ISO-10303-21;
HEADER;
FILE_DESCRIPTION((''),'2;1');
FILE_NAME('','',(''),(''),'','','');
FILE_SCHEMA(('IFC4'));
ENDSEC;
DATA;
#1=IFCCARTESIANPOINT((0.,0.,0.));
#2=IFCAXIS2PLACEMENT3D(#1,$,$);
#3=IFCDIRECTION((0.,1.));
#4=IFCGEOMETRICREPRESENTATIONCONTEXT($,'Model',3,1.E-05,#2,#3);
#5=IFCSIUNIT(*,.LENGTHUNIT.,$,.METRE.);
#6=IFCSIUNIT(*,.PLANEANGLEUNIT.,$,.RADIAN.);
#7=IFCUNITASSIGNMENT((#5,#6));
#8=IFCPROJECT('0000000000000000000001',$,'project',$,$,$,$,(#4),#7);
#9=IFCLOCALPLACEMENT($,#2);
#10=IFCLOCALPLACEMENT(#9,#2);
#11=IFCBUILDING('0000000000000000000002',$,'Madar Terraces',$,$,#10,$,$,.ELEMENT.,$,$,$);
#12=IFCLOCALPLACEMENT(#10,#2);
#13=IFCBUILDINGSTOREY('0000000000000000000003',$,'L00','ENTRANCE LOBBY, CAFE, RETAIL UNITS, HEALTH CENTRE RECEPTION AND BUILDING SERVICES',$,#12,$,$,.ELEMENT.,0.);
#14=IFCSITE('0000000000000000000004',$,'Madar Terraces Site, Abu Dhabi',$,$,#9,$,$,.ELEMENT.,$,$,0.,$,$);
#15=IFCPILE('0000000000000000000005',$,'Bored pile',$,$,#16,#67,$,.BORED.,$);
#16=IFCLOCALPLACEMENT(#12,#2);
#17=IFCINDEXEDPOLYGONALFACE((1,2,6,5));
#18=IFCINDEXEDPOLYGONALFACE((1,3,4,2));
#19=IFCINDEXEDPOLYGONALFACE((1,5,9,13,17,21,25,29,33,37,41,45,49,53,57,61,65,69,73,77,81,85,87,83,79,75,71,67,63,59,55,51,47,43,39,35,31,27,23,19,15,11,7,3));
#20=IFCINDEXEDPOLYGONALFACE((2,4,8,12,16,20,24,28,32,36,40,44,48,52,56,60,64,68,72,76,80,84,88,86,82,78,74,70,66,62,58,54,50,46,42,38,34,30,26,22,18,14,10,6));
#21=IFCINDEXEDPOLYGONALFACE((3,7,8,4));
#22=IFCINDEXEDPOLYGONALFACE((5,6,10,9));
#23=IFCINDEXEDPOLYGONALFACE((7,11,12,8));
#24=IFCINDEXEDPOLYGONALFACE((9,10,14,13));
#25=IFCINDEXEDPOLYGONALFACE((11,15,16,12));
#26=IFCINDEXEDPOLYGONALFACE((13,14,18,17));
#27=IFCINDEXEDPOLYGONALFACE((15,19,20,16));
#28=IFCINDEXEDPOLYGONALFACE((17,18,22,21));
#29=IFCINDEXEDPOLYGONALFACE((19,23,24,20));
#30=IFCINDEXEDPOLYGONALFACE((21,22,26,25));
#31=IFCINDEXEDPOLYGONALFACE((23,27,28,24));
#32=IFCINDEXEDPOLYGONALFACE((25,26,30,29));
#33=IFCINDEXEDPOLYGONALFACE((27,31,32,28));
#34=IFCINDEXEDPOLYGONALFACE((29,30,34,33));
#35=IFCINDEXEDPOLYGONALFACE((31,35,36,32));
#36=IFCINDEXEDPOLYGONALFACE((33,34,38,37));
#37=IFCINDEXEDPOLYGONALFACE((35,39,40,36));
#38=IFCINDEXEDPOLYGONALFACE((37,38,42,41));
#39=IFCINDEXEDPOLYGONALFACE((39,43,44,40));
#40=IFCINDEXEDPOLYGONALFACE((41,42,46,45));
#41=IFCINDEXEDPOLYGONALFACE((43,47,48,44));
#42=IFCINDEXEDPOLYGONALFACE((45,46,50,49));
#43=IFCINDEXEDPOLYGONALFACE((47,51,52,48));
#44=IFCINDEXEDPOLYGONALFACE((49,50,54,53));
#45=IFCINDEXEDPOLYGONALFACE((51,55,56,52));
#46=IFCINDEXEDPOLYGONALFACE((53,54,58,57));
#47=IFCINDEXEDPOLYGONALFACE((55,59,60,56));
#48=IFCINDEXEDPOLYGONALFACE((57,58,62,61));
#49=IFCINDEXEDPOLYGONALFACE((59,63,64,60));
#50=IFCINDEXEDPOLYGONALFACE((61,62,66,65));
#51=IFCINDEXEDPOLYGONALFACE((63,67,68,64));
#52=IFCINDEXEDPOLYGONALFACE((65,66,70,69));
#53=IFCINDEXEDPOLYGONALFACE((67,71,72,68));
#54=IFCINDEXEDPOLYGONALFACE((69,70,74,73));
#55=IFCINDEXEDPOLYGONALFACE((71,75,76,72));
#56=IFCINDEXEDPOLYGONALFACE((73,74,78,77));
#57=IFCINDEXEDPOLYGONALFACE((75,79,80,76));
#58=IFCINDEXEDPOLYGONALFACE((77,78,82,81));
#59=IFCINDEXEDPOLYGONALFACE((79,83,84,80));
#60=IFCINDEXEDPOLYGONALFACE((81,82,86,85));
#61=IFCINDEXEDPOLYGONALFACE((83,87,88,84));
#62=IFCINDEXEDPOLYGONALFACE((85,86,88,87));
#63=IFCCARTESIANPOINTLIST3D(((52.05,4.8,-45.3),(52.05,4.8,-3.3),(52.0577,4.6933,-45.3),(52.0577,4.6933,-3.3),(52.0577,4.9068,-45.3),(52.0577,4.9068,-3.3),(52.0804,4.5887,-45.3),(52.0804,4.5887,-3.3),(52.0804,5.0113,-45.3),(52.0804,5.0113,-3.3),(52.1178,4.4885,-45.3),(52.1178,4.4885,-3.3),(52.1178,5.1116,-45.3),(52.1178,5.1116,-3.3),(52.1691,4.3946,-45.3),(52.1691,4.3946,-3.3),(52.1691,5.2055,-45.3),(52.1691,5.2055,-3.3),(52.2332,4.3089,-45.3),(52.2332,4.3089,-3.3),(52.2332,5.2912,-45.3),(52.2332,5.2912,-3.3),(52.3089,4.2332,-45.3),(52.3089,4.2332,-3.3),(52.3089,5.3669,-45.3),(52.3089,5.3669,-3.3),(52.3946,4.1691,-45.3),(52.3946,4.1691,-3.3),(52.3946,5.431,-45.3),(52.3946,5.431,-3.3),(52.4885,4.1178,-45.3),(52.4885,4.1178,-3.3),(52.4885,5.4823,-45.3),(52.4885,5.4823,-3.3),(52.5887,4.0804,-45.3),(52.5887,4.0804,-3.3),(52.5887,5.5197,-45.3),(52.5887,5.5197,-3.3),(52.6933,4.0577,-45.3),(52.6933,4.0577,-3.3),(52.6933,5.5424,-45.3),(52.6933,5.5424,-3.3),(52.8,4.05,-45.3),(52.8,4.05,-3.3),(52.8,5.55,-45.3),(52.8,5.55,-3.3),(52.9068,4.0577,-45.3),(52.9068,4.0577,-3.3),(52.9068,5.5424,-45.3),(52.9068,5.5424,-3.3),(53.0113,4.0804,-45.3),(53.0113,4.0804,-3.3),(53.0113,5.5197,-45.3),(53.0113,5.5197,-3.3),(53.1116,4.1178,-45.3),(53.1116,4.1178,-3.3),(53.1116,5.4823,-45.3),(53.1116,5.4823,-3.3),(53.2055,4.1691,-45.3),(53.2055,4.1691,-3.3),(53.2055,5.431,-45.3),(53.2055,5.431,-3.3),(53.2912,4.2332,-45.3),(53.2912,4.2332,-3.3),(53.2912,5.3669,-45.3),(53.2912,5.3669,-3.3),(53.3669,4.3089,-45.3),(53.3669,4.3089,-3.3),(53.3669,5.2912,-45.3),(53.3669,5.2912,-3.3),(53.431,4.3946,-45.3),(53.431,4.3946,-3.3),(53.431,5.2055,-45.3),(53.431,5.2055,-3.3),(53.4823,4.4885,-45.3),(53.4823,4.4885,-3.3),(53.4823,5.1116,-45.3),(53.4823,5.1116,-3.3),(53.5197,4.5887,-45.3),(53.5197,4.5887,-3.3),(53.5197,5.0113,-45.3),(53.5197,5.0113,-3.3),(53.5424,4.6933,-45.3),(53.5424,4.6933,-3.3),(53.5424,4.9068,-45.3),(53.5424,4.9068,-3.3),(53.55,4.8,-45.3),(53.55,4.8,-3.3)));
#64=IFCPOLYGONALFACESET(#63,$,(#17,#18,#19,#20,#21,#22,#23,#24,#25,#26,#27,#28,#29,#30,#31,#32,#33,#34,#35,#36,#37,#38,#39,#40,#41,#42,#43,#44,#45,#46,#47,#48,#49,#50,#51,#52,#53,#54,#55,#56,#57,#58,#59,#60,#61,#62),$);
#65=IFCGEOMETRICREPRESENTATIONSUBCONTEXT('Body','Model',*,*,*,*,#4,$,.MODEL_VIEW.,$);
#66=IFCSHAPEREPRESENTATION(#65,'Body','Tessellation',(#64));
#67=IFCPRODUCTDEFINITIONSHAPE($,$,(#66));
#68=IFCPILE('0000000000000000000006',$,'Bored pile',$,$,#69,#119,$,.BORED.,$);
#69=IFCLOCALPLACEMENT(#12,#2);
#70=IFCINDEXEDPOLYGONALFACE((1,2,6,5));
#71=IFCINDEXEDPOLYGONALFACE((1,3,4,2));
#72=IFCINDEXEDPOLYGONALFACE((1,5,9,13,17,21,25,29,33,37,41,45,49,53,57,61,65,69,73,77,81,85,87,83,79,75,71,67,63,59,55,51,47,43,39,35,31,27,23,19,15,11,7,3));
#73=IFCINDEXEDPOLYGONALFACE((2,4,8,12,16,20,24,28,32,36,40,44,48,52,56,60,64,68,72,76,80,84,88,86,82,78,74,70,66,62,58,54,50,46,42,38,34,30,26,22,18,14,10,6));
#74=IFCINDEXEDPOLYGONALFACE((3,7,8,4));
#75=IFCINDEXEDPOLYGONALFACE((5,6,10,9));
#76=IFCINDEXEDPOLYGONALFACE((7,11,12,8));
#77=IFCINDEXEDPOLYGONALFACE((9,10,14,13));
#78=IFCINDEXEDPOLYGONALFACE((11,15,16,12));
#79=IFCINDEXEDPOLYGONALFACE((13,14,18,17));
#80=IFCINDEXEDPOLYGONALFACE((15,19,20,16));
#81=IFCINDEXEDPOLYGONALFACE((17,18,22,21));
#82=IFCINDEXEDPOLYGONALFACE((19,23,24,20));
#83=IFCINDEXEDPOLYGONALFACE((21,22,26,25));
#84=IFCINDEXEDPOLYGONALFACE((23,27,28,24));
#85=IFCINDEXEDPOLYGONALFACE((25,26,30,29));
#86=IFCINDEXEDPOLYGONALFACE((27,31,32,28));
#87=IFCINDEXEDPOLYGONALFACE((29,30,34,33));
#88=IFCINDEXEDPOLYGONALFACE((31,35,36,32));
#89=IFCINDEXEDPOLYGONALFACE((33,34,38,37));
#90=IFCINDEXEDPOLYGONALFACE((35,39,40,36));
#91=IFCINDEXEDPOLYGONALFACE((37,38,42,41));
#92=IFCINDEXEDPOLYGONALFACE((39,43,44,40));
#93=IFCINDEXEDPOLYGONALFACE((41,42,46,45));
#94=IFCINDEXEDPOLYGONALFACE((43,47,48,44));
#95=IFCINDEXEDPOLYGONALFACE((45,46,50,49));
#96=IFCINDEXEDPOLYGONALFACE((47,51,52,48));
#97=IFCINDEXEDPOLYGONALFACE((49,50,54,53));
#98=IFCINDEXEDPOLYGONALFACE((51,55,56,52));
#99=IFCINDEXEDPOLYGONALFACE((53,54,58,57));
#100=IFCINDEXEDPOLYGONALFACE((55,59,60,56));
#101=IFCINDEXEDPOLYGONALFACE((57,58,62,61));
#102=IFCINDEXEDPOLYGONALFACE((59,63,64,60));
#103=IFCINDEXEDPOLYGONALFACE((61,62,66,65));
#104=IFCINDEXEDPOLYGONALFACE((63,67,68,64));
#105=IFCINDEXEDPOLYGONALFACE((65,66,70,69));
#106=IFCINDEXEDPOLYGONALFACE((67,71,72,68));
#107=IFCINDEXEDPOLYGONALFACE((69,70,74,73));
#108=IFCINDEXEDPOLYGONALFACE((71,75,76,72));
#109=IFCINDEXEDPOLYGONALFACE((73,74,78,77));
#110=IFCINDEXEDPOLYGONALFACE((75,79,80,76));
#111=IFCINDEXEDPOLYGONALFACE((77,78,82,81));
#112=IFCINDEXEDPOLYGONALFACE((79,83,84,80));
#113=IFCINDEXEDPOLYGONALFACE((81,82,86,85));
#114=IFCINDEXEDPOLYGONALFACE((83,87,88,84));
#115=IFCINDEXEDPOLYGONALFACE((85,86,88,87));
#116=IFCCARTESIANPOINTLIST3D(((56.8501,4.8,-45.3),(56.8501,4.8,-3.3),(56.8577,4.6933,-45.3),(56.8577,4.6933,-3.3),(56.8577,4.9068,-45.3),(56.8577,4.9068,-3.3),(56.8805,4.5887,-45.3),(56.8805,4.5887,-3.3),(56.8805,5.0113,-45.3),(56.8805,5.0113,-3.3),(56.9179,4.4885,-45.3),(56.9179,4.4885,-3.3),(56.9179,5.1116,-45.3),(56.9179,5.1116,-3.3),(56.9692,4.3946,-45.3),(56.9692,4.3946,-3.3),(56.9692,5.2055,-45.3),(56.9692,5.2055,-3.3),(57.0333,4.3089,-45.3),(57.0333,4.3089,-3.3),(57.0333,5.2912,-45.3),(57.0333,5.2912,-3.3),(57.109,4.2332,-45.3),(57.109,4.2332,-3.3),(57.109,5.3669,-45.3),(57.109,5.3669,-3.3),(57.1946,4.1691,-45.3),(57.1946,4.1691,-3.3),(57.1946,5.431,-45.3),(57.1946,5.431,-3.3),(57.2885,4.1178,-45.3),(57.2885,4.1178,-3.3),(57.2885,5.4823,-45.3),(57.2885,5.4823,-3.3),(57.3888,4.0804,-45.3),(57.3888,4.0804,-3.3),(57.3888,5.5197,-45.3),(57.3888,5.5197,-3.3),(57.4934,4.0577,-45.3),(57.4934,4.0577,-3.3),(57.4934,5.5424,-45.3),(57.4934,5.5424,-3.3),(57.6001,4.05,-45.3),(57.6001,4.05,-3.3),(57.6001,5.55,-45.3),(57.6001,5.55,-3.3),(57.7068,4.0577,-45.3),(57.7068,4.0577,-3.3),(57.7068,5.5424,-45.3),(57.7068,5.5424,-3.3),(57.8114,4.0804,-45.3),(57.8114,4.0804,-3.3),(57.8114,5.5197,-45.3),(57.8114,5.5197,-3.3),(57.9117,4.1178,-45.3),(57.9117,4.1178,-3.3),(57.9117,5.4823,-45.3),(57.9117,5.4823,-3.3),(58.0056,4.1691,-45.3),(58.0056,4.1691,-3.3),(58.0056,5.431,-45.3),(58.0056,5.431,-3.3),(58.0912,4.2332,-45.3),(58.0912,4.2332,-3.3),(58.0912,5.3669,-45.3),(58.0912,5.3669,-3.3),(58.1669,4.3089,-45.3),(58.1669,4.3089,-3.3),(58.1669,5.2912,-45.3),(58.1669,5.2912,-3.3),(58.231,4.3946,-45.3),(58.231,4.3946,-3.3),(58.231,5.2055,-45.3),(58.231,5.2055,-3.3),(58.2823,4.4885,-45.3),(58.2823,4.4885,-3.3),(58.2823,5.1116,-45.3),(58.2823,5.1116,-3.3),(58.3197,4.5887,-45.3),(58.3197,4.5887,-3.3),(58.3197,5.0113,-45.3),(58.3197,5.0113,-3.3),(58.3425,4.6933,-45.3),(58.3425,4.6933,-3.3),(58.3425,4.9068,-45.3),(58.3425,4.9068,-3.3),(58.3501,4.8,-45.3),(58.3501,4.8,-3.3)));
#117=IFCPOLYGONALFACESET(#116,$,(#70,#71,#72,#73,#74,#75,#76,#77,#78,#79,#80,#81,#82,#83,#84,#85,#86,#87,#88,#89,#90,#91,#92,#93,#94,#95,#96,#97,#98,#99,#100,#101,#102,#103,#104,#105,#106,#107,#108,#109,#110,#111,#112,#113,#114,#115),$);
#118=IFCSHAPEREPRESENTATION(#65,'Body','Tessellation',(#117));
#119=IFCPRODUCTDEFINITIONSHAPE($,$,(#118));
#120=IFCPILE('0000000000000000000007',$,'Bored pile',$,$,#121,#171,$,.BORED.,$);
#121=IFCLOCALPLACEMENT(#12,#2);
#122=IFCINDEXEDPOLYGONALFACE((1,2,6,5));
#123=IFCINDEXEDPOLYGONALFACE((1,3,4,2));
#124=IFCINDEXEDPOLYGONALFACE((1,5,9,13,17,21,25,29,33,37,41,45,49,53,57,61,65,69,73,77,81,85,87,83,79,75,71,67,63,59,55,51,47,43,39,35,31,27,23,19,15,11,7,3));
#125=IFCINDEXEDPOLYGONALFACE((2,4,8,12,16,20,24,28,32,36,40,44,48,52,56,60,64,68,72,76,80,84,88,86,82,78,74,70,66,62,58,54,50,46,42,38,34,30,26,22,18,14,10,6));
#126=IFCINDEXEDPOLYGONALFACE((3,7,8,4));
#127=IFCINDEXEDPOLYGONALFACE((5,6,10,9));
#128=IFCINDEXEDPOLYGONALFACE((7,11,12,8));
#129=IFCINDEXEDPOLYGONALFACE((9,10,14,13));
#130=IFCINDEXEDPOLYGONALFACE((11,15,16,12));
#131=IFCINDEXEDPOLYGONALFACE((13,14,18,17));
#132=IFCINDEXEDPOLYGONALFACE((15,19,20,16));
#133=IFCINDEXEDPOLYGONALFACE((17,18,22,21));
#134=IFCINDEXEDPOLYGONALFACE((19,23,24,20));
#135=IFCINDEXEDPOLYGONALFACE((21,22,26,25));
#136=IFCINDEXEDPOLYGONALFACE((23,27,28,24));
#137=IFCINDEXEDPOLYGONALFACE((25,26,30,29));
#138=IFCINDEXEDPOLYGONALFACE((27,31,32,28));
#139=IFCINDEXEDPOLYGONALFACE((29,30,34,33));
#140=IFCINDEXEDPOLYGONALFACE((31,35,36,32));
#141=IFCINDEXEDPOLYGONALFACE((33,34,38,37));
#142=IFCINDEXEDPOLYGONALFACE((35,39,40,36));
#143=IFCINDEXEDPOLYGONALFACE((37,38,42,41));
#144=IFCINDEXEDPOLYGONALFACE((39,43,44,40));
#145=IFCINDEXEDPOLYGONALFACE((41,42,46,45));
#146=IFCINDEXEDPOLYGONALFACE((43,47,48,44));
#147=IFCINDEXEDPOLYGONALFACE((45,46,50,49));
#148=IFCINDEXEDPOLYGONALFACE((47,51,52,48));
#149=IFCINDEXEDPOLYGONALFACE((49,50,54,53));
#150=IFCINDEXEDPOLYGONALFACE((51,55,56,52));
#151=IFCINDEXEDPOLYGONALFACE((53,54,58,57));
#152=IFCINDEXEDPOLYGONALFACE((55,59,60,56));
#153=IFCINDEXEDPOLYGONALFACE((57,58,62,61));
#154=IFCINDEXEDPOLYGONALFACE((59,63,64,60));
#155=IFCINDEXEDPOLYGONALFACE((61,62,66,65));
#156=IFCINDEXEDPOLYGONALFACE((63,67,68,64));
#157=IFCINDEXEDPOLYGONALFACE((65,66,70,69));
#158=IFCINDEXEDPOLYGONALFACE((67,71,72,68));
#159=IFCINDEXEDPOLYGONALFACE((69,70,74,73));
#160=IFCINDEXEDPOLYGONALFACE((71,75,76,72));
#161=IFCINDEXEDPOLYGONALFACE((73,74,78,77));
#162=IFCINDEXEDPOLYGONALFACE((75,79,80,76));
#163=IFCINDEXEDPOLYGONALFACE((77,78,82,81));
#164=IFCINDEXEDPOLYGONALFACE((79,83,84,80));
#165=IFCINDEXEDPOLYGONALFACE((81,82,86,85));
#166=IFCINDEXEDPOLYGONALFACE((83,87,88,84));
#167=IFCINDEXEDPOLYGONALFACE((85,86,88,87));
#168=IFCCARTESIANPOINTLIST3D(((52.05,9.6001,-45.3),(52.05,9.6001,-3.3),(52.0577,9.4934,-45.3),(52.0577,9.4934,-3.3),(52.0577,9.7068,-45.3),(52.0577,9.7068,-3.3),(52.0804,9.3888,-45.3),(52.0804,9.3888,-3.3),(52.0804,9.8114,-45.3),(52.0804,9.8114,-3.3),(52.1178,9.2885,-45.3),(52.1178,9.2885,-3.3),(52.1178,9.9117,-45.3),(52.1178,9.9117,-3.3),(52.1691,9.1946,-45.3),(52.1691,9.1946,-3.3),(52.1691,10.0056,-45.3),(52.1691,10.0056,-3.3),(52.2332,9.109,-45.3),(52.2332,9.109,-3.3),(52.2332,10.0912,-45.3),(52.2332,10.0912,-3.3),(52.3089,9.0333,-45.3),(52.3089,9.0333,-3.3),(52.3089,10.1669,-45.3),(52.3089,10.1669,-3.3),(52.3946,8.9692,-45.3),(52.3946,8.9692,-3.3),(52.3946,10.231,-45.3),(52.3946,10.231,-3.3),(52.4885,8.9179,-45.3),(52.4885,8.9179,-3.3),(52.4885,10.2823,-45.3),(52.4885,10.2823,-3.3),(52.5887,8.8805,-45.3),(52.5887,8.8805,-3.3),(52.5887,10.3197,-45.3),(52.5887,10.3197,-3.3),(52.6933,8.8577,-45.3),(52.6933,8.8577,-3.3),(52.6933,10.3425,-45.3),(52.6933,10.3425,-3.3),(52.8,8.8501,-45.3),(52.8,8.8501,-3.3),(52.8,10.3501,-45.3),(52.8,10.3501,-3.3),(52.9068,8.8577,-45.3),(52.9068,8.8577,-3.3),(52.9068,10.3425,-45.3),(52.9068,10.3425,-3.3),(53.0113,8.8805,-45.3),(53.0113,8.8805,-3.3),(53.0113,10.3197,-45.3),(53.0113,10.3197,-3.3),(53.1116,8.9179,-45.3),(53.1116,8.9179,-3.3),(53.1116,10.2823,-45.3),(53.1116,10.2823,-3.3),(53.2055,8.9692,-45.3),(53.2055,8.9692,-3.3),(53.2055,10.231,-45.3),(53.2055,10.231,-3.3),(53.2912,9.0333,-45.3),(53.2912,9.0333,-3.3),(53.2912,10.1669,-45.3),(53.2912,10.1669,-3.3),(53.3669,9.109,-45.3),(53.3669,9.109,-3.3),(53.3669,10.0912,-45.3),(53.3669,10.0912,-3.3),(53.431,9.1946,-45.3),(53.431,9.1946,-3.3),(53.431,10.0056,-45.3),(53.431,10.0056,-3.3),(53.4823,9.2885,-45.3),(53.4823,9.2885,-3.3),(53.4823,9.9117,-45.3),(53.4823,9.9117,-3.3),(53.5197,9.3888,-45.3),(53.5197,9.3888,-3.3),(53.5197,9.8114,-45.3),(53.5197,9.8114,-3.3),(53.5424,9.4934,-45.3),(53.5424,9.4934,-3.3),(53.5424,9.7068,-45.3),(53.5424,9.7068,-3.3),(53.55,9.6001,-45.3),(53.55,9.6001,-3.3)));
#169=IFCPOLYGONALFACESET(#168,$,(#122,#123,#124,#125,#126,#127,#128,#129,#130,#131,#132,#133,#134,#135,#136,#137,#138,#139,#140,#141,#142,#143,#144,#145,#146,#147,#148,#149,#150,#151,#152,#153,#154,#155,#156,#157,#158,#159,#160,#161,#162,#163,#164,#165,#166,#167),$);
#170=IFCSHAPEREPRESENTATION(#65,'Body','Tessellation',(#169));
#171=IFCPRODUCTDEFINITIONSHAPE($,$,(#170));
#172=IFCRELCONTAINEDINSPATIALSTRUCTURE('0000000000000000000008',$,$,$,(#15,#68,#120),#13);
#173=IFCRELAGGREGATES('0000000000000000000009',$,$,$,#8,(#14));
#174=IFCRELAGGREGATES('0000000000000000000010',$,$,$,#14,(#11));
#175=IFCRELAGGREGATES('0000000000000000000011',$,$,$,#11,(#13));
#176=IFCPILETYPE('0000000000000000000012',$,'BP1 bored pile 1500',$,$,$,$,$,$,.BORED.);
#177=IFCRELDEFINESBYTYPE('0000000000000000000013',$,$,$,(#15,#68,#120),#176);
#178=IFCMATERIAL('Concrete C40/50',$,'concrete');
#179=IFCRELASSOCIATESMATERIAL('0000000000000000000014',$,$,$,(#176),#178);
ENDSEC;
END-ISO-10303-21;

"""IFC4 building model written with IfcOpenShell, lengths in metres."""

from ifc_helpers import new_model, si_unit, direction, frame, origin, origin_2d, place, context, subcontext, project, spatial, circle, extrude, material, material_profile, profile_set, type_object, element, save


model = new_model("IFC4")

# Units and contexts
model_context = context("Model", 3, precision=1e-05, world=origin(), true_north=direction((0.0, 1.0)))
body_context = subcontext(model_context, "Body", "Model", "MODEL_VIEW")
ifc_project = project(units=[si_unit("LENGTHUNIT", "METRE"), si_unit("PLANEANGLEUNIT", "RADIAN")], contexts=[model_context])

# Site, building, storey
site_placement = place(None, origin())
site = spatial("IfcSite", under=ifc_project, at=site_placement, Name="Madar Terraces Site, Abu Dhabi", CompositionType="ELEMENT", RefElevation=0.0)
building_placement = place(site_placement, origin())
building = spatial("IfcBuilding", under=site, at=building_placement, Name="Madar Terraces", CompositionType="ELEMENT")
storey_placement = place(building_placement, origin())
storey = spatial("IfcBuildingStorey", under=building, at=storey_placement, Name="L00", Description="ENTRANCE LOBBY, CAFE, RETAIL UNITS, HEALTH CENTRE RECEPTION AND BUILDING SERVICES", CompositionType="ELEMENT", Elevation=0.0)

# Piles
ifc_material_1 = material(Name="Concrete C40/50", Category="concrete")
ifc_material_profile_1 = material_profile(ifc_material_1, circle(Radius=0.75, at=origin_2d()), Name="BP1 bored pile 1500")
ifc_profile_set_1 = profile_set([ifc_material_profile_1], Name="Concrete C40/50")
pile_type = type_object("IfcPileType", Name="BP1 bored pile 1500", PredefinedType="BORED", material=ifc_profile_set_1)
for number, where, z_axis, x_axis, name in (
    (1, (52.8, 4.8, -3.3), (0.0, 0.0, -1.0), (1.0, 0.0, 0.0), "Bored pile"),
    (2, (57.6001, 4.8, -3.3), (0.0, 0.0, -1.0), (1.0, 0.0, 0.0), "Bored pile"),
    (3, (52.8, 9.6001, -3.3), (0.0, 0.0, -1.0), (1.0, 0.0, 0.0), "Bored pile"),
):
    element("IfcPile", number, at=place(storey_placement, frame(where, z_axis=z_axis, x_axis=x_axis)), inside=storey, type_object=pile_type, Name=name, PredefinedType="BORED", context=body_context, shape_type="SweptSolid", body=[
        extrude(circle(Radius=0.75, at=origin_2d()), origin(), (0.0, 0.0, 1.0), 42.0),
    ])

save(model, "model.ifc")
